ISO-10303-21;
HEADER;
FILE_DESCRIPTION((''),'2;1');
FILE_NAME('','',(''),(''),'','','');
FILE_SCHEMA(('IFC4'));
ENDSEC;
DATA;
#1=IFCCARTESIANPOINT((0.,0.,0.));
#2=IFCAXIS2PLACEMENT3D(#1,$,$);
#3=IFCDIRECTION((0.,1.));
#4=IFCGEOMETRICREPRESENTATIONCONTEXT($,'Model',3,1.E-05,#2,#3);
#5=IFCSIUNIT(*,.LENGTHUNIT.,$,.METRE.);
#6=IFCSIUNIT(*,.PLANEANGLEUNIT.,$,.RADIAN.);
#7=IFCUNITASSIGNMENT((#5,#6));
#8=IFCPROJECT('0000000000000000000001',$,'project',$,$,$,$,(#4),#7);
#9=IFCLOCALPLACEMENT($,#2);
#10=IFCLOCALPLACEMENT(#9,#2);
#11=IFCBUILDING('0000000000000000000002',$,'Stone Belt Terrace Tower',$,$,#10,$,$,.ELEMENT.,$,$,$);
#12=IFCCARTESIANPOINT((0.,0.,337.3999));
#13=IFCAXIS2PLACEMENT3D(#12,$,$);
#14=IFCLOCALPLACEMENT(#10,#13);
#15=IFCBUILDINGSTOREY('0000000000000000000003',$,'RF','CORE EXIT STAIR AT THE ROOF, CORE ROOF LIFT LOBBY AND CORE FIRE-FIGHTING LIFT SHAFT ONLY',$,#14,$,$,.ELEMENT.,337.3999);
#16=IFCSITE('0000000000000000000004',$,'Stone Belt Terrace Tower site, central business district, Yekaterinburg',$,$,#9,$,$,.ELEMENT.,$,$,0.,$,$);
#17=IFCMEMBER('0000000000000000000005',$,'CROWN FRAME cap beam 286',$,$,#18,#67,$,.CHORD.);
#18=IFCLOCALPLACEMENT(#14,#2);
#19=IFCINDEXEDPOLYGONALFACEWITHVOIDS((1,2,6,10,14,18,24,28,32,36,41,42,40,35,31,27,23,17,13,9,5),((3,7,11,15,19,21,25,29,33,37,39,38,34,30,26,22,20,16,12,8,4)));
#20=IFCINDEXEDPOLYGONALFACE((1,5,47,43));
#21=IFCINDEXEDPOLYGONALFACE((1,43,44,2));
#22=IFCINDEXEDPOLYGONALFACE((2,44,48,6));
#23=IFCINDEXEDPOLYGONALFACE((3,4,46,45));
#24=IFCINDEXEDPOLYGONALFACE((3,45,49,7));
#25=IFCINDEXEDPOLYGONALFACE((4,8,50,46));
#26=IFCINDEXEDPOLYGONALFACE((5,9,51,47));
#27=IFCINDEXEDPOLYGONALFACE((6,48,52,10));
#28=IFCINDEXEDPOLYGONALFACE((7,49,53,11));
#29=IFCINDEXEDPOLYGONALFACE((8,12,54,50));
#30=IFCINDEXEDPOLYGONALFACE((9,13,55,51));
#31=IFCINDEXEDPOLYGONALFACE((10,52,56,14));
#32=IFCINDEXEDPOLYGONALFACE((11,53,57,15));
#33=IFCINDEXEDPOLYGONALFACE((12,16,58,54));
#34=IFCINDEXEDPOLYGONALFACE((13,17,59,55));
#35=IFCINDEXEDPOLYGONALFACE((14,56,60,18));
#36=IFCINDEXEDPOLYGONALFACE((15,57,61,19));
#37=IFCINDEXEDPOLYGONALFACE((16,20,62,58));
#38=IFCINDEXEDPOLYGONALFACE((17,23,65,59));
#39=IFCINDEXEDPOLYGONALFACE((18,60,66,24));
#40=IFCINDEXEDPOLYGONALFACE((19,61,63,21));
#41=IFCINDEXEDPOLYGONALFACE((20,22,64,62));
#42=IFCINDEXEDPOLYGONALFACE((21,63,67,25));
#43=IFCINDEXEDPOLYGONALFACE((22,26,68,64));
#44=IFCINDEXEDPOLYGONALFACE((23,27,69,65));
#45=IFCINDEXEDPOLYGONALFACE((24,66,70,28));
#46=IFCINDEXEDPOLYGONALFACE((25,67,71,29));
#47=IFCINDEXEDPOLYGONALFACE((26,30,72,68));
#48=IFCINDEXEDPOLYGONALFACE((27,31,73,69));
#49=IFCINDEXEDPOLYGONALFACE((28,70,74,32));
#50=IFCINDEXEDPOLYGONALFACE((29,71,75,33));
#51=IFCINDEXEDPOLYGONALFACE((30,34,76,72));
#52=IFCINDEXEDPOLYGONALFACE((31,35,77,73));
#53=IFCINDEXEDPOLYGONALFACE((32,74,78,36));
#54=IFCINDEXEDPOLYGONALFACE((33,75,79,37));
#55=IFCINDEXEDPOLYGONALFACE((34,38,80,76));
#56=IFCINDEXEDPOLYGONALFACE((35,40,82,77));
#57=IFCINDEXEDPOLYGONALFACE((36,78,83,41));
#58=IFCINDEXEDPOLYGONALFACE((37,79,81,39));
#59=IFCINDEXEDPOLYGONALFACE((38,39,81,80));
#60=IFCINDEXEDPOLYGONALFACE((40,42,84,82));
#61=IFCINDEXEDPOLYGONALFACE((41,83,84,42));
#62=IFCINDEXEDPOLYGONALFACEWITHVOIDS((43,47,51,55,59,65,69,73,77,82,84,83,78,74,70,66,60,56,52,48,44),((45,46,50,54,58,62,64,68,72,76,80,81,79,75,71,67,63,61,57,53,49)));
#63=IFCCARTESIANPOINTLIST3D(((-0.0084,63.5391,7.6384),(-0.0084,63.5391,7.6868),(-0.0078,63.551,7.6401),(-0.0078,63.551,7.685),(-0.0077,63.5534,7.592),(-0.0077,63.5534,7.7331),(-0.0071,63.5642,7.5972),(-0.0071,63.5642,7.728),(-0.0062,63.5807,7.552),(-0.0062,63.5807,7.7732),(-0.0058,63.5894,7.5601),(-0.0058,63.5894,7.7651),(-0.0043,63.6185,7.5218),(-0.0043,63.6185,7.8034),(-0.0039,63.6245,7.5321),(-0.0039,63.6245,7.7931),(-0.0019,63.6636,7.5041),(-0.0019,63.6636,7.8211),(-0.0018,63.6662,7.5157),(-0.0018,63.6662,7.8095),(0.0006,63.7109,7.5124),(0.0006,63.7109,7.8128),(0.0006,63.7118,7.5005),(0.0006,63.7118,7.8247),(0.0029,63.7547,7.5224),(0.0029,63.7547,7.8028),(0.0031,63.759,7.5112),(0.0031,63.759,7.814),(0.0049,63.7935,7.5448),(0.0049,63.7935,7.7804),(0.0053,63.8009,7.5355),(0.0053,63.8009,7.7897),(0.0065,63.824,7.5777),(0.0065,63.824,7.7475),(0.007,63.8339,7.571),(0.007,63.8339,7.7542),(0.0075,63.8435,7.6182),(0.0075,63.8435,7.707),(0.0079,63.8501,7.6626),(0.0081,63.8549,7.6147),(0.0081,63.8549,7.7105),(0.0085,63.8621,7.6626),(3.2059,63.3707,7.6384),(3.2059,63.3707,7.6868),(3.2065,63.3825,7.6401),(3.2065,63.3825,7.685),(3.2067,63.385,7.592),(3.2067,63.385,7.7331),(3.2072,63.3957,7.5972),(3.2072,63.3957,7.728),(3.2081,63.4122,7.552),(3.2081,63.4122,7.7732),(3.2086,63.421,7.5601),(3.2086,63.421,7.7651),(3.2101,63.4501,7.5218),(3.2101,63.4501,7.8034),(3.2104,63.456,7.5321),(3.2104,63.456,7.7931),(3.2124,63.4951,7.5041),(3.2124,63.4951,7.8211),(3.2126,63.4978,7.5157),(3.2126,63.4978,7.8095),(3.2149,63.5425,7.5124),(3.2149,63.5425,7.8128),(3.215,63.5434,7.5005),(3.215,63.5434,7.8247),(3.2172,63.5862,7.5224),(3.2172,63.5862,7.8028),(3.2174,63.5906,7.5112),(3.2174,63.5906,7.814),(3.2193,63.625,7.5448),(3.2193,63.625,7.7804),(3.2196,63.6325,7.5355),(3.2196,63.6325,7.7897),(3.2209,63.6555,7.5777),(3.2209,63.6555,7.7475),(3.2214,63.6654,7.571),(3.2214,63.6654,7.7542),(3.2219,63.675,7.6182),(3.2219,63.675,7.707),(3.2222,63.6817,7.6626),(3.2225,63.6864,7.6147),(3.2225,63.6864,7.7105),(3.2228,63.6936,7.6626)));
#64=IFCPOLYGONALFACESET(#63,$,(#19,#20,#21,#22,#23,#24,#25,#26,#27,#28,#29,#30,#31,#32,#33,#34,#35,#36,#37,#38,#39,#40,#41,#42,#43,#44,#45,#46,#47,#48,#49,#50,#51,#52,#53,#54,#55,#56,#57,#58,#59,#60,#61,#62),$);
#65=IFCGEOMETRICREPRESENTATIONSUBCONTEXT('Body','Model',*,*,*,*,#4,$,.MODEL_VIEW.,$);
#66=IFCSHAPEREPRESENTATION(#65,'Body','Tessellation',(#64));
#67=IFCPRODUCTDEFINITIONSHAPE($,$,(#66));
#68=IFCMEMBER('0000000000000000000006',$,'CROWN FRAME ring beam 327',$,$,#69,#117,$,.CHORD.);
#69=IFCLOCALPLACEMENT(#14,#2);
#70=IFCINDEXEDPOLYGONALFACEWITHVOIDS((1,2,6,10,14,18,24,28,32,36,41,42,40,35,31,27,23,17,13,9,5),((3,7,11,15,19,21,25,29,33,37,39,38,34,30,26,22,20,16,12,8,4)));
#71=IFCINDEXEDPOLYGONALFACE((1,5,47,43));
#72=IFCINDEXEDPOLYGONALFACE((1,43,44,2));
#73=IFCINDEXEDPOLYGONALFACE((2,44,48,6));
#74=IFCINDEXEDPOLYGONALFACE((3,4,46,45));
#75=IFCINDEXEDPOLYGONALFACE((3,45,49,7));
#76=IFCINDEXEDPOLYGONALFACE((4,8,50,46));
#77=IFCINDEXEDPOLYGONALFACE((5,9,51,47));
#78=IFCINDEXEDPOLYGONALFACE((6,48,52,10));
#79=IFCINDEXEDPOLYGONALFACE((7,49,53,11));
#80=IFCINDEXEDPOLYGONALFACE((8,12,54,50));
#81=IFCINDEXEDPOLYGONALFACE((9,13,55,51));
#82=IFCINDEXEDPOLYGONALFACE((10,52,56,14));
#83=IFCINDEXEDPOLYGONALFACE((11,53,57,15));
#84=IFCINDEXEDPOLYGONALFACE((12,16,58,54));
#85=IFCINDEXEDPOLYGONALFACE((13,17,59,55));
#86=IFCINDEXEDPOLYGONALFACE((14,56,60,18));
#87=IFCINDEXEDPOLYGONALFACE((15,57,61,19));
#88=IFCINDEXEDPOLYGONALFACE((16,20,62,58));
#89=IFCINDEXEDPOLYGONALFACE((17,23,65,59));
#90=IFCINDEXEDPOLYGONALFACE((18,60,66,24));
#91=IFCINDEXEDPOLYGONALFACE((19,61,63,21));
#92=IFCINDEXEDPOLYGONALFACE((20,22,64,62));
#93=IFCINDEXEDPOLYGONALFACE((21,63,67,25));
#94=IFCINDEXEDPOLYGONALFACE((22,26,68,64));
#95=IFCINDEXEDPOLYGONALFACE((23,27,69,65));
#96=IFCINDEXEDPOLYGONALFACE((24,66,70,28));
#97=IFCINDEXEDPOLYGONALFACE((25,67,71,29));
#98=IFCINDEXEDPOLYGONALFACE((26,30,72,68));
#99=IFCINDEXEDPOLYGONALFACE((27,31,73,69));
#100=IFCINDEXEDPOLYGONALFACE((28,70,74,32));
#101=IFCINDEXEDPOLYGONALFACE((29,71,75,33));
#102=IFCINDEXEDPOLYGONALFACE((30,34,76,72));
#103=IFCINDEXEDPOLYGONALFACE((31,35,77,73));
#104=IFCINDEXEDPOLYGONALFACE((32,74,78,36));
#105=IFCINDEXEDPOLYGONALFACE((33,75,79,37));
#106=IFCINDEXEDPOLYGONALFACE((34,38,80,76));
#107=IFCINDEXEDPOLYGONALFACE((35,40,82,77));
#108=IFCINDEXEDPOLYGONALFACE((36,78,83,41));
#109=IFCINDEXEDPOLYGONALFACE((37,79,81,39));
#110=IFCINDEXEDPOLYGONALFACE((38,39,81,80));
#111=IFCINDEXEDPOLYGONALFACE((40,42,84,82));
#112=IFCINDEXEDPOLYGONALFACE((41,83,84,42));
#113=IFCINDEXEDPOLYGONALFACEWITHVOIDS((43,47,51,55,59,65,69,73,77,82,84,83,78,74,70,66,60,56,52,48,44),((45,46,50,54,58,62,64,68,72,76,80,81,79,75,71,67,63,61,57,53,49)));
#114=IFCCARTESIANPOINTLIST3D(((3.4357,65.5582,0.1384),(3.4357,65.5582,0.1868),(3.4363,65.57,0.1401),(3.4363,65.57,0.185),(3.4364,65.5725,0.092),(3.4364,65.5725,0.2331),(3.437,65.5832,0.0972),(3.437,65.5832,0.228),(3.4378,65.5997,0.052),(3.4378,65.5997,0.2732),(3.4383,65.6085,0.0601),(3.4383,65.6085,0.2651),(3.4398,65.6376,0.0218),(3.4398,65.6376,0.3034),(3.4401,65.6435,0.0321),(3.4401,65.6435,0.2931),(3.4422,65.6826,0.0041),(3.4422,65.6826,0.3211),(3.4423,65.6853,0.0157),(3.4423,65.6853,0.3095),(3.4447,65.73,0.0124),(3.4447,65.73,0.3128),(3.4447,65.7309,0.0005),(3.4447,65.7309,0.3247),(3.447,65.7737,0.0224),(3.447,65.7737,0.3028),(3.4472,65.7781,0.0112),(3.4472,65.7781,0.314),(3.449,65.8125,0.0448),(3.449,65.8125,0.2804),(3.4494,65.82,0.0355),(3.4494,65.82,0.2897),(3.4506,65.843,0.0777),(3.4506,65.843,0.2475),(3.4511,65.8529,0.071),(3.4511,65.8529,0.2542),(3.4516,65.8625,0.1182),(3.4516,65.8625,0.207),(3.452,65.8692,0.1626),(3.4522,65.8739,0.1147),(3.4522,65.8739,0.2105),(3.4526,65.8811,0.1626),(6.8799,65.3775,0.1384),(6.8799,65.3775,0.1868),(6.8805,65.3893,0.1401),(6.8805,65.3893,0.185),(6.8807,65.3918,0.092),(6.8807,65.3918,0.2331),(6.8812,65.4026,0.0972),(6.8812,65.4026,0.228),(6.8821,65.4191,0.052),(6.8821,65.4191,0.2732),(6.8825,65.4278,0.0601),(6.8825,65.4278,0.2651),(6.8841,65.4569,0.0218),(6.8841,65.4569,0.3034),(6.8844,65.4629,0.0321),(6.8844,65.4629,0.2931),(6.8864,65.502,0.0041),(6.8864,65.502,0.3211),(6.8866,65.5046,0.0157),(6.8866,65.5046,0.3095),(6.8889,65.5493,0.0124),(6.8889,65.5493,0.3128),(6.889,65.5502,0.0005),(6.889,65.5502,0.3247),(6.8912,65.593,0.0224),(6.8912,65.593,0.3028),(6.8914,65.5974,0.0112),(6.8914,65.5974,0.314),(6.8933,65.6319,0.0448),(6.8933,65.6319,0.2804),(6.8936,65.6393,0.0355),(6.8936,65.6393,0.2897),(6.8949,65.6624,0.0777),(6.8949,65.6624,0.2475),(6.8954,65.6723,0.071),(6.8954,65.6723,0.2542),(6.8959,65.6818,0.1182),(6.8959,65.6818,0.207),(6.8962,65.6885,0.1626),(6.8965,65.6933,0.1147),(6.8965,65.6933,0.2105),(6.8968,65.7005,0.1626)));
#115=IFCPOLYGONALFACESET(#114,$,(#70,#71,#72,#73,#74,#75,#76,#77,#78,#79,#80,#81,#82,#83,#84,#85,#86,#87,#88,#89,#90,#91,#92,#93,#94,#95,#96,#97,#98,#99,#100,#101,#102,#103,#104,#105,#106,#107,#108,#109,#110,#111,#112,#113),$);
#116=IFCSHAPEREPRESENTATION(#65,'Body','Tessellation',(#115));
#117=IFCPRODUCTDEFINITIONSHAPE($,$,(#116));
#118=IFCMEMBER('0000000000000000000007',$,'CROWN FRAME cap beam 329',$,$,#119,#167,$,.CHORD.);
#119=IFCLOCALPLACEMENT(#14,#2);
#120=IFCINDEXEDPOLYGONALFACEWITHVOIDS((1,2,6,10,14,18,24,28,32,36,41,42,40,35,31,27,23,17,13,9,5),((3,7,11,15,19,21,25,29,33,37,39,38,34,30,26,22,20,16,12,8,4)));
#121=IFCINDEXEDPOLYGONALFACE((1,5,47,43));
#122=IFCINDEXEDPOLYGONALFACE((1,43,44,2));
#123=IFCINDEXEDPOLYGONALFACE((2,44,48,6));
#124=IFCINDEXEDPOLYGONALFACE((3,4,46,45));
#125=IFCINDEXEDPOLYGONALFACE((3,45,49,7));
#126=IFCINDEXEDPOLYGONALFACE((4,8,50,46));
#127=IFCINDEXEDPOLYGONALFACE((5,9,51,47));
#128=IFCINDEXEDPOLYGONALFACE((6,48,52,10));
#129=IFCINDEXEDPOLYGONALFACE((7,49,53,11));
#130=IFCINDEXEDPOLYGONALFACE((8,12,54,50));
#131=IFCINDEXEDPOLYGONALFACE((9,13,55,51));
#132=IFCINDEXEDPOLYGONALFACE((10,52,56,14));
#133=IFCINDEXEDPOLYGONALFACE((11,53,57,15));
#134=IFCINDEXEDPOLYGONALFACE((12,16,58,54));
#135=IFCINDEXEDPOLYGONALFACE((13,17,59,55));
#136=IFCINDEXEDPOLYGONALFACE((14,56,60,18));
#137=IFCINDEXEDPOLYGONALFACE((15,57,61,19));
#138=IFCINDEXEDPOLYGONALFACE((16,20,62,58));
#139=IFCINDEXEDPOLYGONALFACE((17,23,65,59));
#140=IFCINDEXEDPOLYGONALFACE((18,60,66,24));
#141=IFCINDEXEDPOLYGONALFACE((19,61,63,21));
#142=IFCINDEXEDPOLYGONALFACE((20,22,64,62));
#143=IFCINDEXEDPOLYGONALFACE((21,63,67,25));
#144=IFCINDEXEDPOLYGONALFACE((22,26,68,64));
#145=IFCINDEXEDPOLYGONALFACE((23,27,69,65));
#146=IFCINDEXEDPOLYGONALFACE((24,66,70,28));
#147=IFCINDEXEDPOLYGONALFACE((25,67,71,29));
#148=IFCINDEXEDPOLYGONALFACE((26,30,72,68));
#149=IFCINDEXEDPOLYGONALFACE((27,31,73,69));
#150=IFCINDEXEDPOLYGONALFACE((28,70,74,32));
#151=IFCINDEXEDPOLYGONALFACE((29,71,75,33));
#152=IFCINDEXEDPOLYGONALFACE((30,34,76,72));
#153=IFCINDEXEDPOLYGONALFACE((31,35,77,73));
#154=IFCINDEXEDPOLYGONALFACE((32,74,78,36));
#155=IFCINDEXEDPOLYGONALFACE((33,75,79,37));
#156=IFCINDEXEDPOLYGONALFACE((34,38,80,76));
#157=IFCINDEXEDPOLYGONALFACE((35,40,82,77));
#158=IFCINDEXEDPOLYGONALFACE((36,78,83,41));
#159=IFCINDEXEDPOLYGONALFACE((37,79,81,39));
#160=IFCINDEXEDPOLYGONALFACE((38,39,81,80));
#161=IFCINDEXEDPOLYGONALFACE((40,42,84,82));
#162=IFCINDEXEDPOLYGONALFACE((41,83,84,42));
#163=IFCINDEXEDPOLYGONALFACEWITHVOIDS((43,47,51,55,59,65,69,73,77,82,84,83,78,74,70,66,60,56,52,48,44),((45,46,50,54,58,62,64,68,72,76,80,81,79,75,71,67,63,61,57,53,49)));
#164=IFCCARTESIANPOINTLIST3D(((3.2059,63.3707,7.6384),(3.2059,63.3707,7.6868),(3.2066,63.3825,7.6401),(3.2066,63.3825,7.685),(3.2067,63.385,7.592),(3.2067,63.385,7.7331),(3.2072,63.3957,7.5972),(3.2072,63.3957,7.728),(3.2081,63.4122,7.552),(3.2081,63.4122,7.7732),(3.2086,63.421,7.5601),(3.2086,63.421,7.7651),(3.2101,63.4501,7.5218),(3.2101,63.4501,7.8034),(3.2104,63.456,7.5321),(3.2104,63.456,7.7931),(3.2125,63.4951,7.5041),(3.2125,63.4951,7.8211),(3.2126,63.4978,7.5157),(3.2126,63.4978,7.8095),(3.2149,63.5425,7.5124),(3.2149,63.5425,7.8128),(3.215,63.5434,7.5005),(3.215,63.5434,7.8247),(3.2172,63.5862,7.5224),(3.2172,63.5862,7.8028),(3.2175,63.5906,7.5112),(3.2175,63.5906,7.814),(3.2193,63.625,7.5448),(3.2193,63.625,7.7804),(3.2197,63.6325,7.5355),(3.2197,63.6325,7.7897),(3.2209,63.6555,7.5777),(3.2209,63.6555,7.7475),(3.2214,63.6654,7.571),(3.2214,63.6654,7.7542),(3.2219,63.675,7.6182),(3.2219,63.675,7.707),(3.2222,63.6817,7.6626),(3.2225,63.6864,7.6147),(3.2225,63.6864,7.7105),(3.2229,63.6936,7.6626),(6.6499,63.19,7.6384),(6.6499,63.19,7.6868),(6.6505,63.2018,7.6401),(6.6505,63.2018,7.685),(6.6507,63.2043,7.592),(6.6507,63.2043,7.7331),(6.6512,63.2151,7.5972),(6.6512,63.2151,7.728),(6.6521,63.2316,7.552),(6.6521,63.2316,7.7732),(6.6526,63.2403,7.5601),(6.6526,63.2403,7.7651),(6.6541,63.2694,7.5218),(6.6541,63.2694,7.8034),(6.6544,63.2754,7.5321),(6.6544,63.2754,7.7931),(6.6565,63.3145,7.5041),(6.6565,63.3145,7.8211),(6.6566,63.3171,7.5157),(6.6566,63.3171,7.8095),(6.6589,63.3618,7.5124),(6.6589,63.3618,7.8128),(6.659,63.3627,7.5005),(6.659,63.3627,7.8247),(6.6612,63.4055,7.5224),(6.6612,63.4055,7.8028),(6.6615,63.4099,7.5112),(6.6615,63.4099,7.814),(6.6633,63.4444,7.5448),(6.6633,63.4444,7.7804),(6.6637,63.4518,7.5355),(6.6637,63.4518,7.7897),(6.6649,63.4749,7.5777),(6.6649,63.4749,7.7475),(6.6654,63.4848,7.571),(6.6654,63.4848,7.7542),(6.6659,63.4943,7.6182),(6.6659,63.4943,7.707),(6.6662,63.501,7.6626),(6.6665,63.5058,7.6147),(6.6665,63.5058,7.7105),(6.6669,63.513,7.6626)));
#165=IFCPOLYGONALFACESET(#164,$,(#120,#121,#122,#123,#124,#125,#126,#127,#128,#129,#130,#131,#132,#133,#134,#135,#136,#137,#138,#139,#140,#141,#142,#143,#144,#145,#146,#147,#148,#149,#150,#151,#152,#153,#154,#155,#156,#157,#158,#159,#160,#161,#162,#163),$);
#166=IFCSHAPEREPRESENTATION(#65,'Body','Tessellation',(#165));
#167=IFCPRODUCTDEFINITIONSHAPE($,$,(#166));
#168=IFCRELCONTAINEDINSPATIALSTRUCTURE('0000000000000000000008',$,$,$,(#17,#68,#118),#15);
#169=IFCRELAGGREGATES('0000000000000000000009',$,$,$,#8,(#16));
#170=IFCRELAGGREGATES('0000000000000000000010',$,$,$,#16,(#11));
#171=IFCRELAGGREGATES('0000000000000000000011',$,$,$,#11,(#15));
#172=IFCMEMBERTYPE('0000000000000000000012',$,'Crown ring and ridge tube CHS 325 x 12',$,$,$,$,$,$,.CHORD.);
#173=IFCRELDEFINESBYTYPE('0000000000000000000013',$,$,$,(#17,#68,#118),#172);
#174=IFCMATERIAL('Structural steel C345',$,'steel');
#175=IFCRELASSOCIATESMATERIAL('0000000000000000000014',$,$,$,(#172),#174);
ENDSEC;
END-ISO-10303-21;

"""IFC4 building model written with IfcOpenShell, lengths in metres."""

from ifc_helpers import new_model, si_unit, direction, frame, origin, origin_2d, place, context, subcontext, project, spatial, hollow_circle, extrude, material, material_profile, profile_set, type_object, element, save


model = new_model("IFC4")

# Units and contexts
model_context = context("Model", 3, precision=1e-05, world=origin(), true_north=direction((0.0, 1.0)))
body_context = subcontext(model_context, "Body", "Model", "MODEL_VIEW")
ifc_project = project(units=[si_unit("LENGTHUNIT", "METRE"), si_unit("PLANEANGLEUNIT", "RADIAN")], contexts=[model_context])

# Site, building, storey
site_placement = place(None, origin())
site = spatial("IfcSite", under=ifc_project, at=site_placement, Name="Stone Belt Terrace Tower site, central business district, Yekaterinburg", CompositionType="ELEMENT", RefElevation=0.0)
building_placement = place(site_placement, origin())
building = spatial("IfcBuilding", under=site, at=building_placement, Name="Stone Belt Terrace Tower", CompositionType="ELEMENT")
storey_placement = place(building_placement, frame((0.0, 0.0, 337.3999)))
storey = spatial("IfcBuildingStorey", under=building, at=storey_placement, Name="RF", Description="CORE EXIT STAIR AT THE ROOF, CORE ROOF LIFT LOBBY AND CORE FIRE-FIGHTING LIFT SHAFT ONLY", CompositionType="ELEMENT", Elevation=337.3999)

# Members
ifc_material_1 = material(Name="Structural steel C345", Category="steel")
ifc_material_profile_1 = material_profile(ifc_material_1, hollow_circle(Radius=0.1626, WallThickness=0.012, at=origin_2d()), Name="Structural steel C345 CHS 325x12")
ifc_profile_set_1 = profile_set([ifc_material_profile_1], Name="Structural steel C345")
member_type_1 = type_object("IfcMemberType", Name="Crown ring and ridge tube CHS 325 x 12", PredefinedType="CHORD", material=ifc_profile_set_1)
member_1_placement = place(storey_placement, frame((0.0, 63.6997, 7.6626), z_axis=(0.99863, -0.052336, 0.0), x_axis=(0.052336, 0.99863, 0.0)))
element("IfcMember", 1, at=member_1_placement, inside=storey, type_object=member_type_1, Name="CROWN FRAME cap beam 286", PredefinedType="CHORD", context=body_context, shape_type="SweptSolid", body=[
    extrude(hollow_circle(Radius=0.1626, WallThickness=0.012, at=origin_2d()), origin(), (0.0, 0.0, 1.0), 3.2188),
])
member_2_placement = place(storey_placement, frame((3.4441, 65.7188, 0.1626), z_axis=(0.998627, -0.052381, 0.0), x_axis=(0.052381, 0.998627, 0.0)))
element("IfcMember", 2, at=member_2_placement, inside=storey, type_object=member_type_1, Name="CROWN FRAME ring beam 327", PredefinedType="CHORD", context=body_context, shape_type="SweptSolid", body=[
    extrude(hollow_circle(Radius=0.1626, WallThickness=0.012, at=origin_2d()), origin(), (0.0, 0.0, 1.0), 3.449),
])
for number, where, z_axis, x_axis, name in (
    (3, (3.2144, 63.5312, 7.6626), (0.998627, -0.052384, 0.0), (0.052384, 0.998627, 0.0), "CROWN FRAME cap beam 329"),
):
    element("IfcMember", number, at=place(storey_placement, frame(where, z_axis=z_axis, x_axis=x_axis)), inside=storey, type_object=member_type_1, Name=name, PredefinedType="CHORD", context=body_context, shape_type="SweptSolid", body=[
        extrude(hollow_circle(Radius=0.1626, WallThickness=0.012, at=origin_2d()), origin(), (0.0, 0.0, 1.0), 3.4487),
    ])

save(model, "model.ifc")
